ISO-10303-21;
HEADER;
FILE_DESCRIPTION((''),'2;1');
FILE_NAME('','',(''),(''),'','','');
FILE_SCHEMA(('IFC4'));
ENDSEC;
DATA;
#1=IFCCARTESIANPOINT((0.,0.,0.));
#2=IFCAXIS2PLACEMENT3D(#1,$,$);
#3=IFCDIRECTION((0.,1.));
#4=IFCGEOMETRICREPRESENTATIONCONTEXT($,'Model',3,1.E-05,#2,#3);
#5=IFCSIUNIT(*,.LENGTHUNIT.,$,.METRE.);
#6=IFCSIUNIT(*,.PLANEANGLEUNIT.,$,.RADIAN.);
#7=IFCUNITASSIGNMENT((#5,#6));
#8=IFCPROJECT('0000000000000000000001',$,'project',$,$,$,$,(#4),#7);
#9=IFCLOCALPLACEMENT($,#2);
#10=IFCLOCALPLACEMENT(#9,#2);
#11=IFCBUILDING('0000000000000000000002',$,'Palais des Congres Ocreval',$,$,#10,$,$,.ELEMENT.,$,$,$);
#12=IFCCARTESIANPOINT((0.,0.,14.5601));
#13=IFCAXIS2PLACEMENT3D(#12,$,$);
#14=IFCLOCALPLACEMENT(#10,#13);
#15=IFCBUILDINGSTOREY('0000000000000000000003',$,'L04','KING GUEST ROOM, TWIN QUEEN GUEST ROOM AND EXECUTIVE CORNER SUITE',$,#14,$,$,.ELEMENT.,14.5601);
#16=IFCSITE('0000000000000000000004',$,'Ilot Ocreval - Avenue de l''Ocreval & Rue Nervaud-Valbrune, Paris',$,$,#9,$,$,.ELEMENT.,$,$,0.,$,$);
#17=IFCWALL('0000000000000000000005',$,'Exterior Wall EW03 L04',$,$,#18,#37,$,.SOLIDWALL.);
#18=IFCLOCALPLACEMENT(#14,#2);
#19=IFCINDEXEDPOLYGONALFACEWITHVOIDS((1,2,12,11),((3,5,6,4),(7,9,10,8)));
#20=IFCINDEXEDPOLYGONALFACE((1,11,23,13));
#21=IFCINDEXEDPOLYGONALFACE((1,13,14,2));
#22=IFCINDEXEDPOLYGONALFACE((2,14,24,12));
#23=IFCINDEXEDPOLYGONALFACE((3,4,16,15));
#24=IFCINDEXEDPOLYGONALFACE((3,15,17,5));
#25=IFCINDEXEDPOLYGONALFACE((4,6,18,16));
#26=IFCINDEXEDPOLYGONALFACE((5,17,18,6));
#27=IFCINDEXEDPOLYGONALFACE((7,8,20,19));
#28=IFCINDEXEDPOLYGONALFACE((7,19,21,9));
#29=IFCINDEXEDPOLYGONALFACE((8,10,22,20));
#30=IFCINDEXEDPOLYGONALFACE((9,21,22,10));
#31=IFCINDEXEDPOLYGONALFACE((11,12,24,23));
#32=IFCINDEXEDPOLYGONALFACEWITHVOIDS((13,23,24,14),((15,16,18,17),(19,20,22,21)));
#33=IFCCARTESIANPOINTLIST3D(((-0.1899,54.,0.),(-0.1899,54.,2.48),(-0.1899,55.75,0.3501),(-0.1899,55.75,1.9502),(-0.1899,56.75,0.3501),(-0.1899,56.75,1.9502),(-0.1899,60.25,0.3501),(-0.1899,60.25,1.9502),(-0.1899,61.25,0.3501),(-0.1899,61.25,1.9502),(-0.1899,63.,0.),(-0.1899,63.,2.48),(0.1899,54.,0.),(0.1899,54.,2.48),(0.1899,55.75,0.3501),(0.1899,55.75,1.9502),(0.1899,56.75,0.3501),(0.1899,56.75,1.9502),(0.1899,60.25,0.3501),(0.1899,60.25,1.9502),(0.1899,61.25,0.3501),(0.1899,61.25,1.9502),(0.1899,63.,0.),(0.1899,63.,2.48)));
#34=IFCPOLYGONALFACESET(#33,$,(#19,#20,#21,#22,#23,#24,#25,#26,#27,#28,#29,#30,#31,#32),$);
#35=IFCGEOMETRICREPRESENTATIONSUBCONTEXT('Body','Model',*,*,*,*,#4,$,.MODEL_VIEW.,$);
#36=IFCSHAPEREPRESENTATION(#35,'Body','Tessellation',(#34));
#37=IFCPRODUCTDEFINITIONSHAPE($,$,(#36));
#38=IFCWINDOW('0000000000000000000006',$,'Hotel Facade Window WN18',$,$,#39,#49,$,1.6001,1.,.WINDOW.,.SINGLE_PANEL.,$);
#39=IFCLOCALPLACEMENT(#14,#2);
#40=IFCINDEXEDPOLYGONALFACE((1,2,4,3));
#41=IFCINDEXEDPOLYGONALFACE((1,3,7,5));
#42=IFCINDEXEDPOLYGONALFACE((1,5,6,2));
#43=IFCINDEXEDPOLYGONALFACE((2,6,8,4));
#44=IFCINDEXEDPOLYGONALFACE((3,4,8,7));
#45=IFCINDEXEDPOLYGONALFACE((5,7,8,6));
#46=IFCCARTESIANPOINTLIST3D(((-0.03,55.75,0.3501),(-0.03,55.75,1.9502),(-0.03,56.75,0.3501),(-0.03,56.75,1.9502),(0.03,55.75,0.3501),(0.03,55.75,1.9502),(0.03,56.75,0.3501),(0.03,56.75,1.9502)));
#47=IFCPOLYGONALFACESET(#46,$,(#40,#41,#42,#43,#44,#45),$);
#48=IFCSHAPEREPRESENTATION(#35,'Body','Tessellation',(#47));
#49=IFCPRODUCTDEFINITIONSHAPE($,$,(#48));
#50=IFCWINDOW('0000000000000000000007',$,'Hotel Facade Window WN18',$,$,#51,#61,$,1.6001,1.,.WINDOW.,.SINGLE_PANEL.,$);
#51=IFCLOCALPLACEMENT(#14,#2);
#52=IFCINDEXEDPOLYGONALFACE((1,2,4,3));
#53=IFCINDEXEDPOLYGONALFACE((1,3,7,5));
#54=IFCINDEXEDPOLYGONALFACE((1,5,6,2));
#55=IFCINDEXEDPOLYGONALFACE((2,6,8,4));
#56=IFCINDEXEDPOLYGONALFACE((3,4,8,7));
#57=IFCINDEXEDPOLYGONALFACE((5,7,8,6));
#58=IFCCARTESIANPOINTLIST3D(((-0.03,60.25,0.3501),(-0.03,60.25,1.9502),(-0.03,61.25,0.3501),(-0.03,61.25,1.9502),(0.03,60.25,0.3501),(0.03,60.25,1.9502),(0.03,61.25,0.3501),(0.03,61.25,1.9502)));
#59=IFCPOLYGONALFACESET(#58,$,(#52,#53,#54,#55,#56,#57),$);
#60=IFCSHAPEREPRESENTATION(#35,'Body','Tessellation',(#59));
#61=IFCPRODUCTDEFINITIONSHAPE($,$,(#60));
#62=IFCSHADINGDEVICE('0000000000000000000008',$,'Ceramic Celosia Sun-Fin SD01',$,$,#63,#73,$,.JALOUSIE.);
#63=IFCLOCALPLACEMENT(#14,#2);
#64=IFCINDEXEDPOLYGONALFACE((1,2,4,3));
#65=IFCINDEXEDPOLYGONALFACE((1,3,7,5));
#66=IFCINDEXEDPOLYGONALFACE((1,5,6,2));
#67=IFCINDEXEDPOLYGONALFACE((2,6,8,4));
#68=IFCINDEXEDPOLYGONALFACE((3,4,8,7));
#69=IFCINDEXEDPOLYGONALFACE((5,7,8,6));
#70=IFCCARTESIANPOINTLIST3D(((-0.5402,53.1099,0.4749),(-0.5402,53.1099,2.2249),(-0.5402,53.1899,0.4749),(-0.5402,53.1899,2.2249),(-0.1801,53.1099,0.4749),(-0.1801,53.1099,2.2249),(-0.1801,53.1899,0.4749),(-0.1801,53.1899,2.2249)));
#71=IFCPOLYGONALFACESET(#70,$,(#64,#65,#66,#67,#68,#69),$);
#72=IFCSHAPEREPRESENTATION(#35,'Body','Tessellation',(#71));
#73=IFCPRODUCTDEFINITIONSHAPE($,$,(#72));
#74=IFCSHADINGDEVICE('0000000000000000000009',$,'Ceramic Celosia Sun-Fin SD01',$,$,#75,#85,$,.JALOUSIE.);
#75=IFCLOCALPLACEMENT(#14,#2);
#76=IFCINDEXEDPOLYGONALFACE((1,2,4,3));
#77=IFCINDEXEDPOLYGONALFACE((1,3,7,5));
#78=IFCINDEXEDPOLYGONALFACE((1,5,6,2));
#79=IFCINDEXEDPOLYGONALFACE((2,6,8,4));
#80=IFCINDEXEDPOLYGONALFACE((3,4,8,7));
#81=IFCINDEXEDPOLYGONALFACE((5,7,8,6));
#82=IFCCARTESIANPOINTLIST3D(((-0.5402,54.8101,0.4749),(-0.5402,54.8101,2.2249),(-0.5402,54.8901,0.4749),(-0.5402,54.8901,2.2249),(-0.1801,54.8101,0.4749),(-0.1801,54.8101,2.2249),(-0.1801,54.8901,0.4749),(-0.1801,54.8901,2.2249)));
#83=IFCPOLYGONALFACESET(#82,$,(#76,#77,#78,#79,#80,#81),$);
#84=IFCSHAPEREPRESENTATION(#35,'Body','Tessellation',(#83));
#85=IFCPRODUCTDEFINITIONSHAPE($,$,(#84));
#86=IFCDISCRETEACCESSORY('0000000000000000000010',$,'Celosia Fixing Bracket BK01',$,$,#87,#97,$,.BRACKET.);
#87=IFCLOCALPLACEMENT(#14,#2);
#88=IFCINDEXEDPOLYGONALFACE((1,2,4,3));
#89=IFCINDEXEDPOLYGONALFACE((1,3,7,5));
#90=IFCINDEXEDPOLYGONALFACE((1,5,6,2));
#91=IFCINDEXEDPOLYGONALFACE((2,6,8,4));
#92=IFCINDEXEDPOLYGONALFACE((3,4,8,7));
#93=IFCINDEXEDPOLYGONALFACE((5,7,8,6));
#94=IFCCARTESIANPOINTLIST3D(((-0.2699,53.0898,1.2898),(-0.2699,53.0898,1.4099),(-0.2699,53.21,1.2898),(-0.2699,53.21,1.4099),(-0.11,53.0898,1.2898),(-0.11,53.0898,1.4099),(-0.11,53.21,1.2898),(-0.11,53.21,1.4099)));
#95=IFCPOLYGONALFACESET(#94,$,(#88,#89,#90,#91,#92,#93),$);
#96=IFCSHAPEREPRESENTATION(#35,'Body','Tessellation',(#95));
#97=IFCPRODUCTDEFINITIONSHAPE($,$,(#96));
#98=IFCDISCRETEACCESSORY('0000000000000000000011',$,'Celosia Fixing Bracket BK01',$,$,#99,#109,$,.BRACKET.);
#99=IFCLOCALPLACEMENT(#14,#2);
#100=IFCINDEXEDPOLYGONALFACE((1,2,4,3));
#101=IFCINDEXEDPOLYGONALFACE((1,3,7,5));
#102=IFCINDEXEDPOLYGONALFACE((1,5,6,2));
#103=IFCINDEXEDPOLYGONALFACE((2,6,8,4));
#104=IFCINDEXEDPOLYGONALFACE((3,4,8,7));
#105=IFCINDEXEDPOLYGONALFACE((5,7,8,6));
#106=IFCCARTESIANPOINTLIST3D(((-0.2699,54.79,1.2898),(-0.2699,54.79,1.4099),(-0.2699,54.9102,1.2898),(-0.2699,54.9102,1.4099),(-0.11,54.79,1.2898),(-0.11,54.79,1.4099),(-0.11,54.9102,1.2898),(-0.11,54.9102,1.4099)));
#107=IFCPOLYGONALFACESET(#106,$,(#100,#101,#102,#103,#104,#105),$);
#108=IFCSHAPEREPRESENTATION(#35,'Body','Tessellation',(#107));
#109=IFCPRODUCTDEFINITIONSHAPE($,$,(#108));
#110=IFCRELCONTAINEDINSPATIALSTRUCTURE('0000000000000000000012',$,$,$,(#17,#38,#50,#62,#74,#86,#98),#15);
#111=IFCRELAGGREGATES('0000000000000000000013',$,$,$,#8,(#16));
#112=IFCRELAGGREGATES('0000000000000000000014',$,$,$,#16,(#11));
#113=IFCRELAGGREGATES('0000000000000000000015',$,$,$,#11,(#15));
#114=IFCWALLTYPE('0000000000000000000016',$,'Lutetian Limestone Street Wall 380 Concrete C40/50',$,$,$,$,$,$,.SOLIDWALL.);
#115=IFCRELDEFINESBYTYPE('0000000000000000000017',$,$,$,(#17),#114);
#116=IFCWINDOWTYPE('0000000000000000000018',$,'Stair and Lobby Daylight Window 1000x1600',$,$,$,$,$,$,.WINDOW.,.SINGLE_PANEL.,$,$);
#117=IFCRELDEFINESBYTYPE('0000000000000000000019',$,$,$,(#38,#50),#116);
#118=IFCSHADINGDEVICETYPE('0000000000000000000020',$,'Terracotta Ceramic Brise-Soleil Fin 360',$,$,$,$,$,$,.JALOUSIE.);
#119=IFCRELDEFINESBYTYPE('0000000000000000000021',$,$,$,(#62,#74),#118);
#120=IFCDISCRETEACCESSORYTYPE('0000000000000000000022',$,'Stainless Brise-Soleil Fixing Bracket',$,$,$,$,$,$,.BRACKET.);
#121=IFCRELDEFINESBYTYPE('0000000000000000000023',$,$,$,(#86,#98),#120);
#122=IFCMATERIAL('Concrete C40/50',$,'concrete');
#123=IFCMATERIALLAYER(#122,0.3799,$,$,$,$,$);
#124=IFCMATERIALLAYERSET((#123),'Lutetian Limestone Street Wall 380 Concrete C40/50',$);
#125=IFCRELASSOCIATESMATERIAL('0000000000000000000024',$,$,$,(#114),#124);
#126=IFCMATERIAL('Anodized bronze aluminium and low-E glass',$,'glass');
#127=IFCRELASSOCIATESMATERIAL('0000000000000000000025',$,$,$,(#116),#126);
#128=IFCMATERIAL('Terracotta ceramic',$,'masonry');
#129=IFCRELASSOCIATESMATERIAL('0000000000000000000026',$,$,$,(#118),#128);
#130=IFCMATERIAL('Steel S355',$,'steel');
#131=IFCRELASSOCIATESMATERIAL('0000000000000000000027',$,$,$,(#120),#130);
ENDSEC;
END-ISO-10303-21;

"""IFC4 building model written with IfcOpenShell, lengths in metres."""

from ifc_helpers import new_model, si_unit, direction, frame, frame_2d, origin, origin_2d, place, context, subcontext, project, spatial, rectangle, extrude, material, layer, layer_set, type_object, element, fill, save


model = new_model("IFC4")

# Units and contexts
model_context = context("Model", 3, precision=1e-05, world=origin(), true_north=direction((0.0, 1.0)))
body_context = subcontext(model_context, "Body", "Model", "MODEL_VIEW")
ifc_project = project(units=[si_unit("LENGTHUNIT", "METRE"), si_unit("PLANEANGLEUNIT", "RADIAN")], contexts=[model_context])

# Site, building, storey
site_placement = place(None, origin())
site = spatial("IfcSite", under=ifc_project, at=site_placement, Name="Ilot Ocreval - Avenue de l'Ocreval & Rue Nervaud-Valbrune, Paris", CompositionType="ELEMENT", RefElevation=0.0)
building_placement = place(site_placement, origin())
building = spatial("IfcBuilding", under=site, at=building_placement, Name="Palais des Congres Ocreval", CompositionType="ELEMENT")
storey_placement = place(building_placement, frame((0.0, 0.0, 14.5601)))
storey = spatial("IfcBuildingStorey", under=building, at=storey_placement, Name="L04", Description="KING GUEST ROOM, TWIN QUEEN GUEST ROOM AND EXECUTIVE CORNER SUITE", CompositionType="ELEMENT", Elevation=14.5601)

# Shared definitions
ifc_material_1 = material(Name="Steel S355", Category="steel")
ifc_material_2 = material(Name="Concrete C40/50", Category="concrete")

# Wall, openings, windows
ifc_layer_1 = layer(ifc_material_2, 0.3799)
ifc_layer_set_1 = layer_set([ifc_layer_1], Name="Lutetian Limestone Street Wall 380 Concrete C40/50")
wall_type_1 = type_object("IfcWallType", Name="Lutetian Limestone Street Wall 380 Concrete C40/50", PredefinedType="SOLIDWALL", material=ifc_layer_set_1)
wall_1_placement = place(storey_placement, frame((0.0, 54.0, 0.0), z_axis=(0.0, 0.0, 1.0), x_axis=(0.0, 1.0, 0.0)))
wall_1 = element("IfcWall", 1, at=wall_1_placement, inside=storey, type_object=wall_type_1, Name="Exterior Wall EW03 L04", PredefinedType="SOLIDWALL", context=body_context, shape_type="SweptSolid", body=[
    extrude(rectangle(XDim=9.0, YDim=0.3799, at=frame_2d((4.5, 0.0))), origin(), (0.0, 0.0, 1.0), 2.48),
])
opening_1_placement = place(wall_1_placement, frame((1.75, 0.0, 0.3501)))
opening_1 = element("IfcOpeningElement", 2, at=opening_1_placement, cuts=wall_1, PredefinedType="OPENING", context=body_context, shape_type="SweptSolid", body=[
    extrude(rectangle(XDim=1.0, YDim=1.6001, at=frame_2d((0.5, 0.8))), frame((0.0, 0.2, 0.0), z_axis=(0.0, -1.0, 0.0), x_axis=(1.0, 0.0, 0.0)), (0.0, 0.0, 1.0), 0.3999),
])
opening_2_placement = place(wall_1_placement, frame((6.25, 0.0, 0.3501)))
opening_2 = element("IfcOpeningElement", 3, at=opening_2_placement, cuts=wall_1, PredefinedType="OPENING", context=body_context, shape_type="SweptSolid", body=[
    extrude(rectangle(XDim=1.0, YDim=1.6001, at=frame_2d((0.5, 0.8))), frame((0.0, 0.2, 0.0), z_axis=(0.0, -1.0, 0.0), x_axis=(1.0, 0.0, 0.0)), (0.0, 0.0, 1.0), 0.3999),
])
ifc_material_3 = material(Name="Anodized bronze aluminium and low-E glass", Category="glass")
window_type = type_object("IfcWindowType", Name="Stair and Lobby Daylight Window 1000x1600", PartitioningType="SINGLE_PANEL", PredefinedType="WINDOW", material=ifc_material_3)
window_1_placement = place(opening_1_placement, origin())
window_1 = element("IfcWindow", 4, at=window_1_placement, inside=storey, type_object=window_type, Name="Hotel Facade Window WN18", OverallHeight=1.6001, OverallWidth=1.0, PartitioningType="SINGLE_PANEL", PredefinedType="WINDOW", context=body_context, shape_type="SweptSolid", body=[
    extrude(rectangle(XDim=1.0, YDim=1.6001, at=frame_2d((0.5, 0.8))), frame((0.0, 0.03, 0.0), z_axis=(0.0, -1.0, 0.0), x_axis=(1.0, 0.0, 0.0)), (0.0, 0.0, 1.0), 0.0601),
])
fill(opening_1, window_1)
window_2_placement = place(opening_2_placement, origin())
window_2 = element("IfcWindow", 5, at=window_2_placement, inside=storey, type_object=window_type, Name="Hotel Facade Window WN18", OverallHeight=1.6001, OverallWidth=1.0, PartitioningType="SINGLE_PANEL", PredefinedType="WINDOW", context=body_context, shape_type="SweptSolid", body=[
    extrude(rectangle(XDim=1.0, YDim=1.6001, at=frame_2d((0.5, 0.8))), frame((0.0, 0.03, 0.0), z_axis=(0.0, -1.0, 0.0), x_axis=(1.0, 0.0, 0.0)), (0.0, 0.0, 1.0), 0.0601),
])
fill(opening_2, window_2)

# Shading devices
ifc_material_4 = material(Name="Terracotta ceramic", Category="masonry")
shading_device_type = type_object("IfcShadingDeviceType", Name="Terracotta Ceramic Brise-Soleil Fin 360", PredefinedType="JALOUSIE", material=ifc_material_4)
for number, where, z_axis, x_axis, name in (
    (6, (-0.3601, 53.1499, 0.4749), (0.0, 0.0, 1.0), (-1.0, 0.0, 0.0), "Ceramic Celosia Sun-Fin SD01"),
    (7, (-0.3601, 54.8501, 0.4749), (0.0, 0.0, 1.0), (-1.0, 0.0, 0.0), "Ceramic Celosia Sun-Fin SD01"),
):
    element("IfcShadingDevice", number, at=place(storey_placement, frame(where, z_axis=z_axis, x_axis=x_axis)), inside=storey, type_object=shading_device_type, Name=name, PredefinedType="JALOUSIE", context=body_context, shape_type="SweptSolid", body=[
        extrude(rectangle(XDim=0.3601, YDim=0.0801, at=origin_2d()), origin(), (0.0, 0.0, 1.0), 1.75),
    ])

# Discrete accessories
discrete_accessory_type = type_object("IfcDiscreteAccessoryType", Name="Stainless Brise-Soleil Fixing Bracket", PredefinedType="BRACKET", material=ifc_material_1)
for number, where, z_axis, x_axis, name in (
    (8, (-0.1899, 53.1499, 1.2898), (0.0, 0.0, 1.0), (-1.0, 0.0, 0.0), "Celosia Fixing Bracket BK01"),
    (9, (-0.1899, 54.8501, 1.2898), (0.0, 0.0, 1.0), (-1.0, 0.0, 0.0), "Celosia Fixing Bracket BK01"),
):
    element("IfcDiscreteAccessory", number, at=place(storey_placement, frame(where, z_axis=z_axis, x_axis=x_axis)), inside=storey, type_object=discrete_accessory_type, Name=name, PredefinedType="BRACKET", context=body_context, shape_type="SweptSolid", body=[
        extrude(rectangle(XDim=0.1599, YDim=0.1201, at=origin_2d()), origin(), (0.0, 0.0, 1.0), 0.1201),
    ])

save(model, "model.ifc")
